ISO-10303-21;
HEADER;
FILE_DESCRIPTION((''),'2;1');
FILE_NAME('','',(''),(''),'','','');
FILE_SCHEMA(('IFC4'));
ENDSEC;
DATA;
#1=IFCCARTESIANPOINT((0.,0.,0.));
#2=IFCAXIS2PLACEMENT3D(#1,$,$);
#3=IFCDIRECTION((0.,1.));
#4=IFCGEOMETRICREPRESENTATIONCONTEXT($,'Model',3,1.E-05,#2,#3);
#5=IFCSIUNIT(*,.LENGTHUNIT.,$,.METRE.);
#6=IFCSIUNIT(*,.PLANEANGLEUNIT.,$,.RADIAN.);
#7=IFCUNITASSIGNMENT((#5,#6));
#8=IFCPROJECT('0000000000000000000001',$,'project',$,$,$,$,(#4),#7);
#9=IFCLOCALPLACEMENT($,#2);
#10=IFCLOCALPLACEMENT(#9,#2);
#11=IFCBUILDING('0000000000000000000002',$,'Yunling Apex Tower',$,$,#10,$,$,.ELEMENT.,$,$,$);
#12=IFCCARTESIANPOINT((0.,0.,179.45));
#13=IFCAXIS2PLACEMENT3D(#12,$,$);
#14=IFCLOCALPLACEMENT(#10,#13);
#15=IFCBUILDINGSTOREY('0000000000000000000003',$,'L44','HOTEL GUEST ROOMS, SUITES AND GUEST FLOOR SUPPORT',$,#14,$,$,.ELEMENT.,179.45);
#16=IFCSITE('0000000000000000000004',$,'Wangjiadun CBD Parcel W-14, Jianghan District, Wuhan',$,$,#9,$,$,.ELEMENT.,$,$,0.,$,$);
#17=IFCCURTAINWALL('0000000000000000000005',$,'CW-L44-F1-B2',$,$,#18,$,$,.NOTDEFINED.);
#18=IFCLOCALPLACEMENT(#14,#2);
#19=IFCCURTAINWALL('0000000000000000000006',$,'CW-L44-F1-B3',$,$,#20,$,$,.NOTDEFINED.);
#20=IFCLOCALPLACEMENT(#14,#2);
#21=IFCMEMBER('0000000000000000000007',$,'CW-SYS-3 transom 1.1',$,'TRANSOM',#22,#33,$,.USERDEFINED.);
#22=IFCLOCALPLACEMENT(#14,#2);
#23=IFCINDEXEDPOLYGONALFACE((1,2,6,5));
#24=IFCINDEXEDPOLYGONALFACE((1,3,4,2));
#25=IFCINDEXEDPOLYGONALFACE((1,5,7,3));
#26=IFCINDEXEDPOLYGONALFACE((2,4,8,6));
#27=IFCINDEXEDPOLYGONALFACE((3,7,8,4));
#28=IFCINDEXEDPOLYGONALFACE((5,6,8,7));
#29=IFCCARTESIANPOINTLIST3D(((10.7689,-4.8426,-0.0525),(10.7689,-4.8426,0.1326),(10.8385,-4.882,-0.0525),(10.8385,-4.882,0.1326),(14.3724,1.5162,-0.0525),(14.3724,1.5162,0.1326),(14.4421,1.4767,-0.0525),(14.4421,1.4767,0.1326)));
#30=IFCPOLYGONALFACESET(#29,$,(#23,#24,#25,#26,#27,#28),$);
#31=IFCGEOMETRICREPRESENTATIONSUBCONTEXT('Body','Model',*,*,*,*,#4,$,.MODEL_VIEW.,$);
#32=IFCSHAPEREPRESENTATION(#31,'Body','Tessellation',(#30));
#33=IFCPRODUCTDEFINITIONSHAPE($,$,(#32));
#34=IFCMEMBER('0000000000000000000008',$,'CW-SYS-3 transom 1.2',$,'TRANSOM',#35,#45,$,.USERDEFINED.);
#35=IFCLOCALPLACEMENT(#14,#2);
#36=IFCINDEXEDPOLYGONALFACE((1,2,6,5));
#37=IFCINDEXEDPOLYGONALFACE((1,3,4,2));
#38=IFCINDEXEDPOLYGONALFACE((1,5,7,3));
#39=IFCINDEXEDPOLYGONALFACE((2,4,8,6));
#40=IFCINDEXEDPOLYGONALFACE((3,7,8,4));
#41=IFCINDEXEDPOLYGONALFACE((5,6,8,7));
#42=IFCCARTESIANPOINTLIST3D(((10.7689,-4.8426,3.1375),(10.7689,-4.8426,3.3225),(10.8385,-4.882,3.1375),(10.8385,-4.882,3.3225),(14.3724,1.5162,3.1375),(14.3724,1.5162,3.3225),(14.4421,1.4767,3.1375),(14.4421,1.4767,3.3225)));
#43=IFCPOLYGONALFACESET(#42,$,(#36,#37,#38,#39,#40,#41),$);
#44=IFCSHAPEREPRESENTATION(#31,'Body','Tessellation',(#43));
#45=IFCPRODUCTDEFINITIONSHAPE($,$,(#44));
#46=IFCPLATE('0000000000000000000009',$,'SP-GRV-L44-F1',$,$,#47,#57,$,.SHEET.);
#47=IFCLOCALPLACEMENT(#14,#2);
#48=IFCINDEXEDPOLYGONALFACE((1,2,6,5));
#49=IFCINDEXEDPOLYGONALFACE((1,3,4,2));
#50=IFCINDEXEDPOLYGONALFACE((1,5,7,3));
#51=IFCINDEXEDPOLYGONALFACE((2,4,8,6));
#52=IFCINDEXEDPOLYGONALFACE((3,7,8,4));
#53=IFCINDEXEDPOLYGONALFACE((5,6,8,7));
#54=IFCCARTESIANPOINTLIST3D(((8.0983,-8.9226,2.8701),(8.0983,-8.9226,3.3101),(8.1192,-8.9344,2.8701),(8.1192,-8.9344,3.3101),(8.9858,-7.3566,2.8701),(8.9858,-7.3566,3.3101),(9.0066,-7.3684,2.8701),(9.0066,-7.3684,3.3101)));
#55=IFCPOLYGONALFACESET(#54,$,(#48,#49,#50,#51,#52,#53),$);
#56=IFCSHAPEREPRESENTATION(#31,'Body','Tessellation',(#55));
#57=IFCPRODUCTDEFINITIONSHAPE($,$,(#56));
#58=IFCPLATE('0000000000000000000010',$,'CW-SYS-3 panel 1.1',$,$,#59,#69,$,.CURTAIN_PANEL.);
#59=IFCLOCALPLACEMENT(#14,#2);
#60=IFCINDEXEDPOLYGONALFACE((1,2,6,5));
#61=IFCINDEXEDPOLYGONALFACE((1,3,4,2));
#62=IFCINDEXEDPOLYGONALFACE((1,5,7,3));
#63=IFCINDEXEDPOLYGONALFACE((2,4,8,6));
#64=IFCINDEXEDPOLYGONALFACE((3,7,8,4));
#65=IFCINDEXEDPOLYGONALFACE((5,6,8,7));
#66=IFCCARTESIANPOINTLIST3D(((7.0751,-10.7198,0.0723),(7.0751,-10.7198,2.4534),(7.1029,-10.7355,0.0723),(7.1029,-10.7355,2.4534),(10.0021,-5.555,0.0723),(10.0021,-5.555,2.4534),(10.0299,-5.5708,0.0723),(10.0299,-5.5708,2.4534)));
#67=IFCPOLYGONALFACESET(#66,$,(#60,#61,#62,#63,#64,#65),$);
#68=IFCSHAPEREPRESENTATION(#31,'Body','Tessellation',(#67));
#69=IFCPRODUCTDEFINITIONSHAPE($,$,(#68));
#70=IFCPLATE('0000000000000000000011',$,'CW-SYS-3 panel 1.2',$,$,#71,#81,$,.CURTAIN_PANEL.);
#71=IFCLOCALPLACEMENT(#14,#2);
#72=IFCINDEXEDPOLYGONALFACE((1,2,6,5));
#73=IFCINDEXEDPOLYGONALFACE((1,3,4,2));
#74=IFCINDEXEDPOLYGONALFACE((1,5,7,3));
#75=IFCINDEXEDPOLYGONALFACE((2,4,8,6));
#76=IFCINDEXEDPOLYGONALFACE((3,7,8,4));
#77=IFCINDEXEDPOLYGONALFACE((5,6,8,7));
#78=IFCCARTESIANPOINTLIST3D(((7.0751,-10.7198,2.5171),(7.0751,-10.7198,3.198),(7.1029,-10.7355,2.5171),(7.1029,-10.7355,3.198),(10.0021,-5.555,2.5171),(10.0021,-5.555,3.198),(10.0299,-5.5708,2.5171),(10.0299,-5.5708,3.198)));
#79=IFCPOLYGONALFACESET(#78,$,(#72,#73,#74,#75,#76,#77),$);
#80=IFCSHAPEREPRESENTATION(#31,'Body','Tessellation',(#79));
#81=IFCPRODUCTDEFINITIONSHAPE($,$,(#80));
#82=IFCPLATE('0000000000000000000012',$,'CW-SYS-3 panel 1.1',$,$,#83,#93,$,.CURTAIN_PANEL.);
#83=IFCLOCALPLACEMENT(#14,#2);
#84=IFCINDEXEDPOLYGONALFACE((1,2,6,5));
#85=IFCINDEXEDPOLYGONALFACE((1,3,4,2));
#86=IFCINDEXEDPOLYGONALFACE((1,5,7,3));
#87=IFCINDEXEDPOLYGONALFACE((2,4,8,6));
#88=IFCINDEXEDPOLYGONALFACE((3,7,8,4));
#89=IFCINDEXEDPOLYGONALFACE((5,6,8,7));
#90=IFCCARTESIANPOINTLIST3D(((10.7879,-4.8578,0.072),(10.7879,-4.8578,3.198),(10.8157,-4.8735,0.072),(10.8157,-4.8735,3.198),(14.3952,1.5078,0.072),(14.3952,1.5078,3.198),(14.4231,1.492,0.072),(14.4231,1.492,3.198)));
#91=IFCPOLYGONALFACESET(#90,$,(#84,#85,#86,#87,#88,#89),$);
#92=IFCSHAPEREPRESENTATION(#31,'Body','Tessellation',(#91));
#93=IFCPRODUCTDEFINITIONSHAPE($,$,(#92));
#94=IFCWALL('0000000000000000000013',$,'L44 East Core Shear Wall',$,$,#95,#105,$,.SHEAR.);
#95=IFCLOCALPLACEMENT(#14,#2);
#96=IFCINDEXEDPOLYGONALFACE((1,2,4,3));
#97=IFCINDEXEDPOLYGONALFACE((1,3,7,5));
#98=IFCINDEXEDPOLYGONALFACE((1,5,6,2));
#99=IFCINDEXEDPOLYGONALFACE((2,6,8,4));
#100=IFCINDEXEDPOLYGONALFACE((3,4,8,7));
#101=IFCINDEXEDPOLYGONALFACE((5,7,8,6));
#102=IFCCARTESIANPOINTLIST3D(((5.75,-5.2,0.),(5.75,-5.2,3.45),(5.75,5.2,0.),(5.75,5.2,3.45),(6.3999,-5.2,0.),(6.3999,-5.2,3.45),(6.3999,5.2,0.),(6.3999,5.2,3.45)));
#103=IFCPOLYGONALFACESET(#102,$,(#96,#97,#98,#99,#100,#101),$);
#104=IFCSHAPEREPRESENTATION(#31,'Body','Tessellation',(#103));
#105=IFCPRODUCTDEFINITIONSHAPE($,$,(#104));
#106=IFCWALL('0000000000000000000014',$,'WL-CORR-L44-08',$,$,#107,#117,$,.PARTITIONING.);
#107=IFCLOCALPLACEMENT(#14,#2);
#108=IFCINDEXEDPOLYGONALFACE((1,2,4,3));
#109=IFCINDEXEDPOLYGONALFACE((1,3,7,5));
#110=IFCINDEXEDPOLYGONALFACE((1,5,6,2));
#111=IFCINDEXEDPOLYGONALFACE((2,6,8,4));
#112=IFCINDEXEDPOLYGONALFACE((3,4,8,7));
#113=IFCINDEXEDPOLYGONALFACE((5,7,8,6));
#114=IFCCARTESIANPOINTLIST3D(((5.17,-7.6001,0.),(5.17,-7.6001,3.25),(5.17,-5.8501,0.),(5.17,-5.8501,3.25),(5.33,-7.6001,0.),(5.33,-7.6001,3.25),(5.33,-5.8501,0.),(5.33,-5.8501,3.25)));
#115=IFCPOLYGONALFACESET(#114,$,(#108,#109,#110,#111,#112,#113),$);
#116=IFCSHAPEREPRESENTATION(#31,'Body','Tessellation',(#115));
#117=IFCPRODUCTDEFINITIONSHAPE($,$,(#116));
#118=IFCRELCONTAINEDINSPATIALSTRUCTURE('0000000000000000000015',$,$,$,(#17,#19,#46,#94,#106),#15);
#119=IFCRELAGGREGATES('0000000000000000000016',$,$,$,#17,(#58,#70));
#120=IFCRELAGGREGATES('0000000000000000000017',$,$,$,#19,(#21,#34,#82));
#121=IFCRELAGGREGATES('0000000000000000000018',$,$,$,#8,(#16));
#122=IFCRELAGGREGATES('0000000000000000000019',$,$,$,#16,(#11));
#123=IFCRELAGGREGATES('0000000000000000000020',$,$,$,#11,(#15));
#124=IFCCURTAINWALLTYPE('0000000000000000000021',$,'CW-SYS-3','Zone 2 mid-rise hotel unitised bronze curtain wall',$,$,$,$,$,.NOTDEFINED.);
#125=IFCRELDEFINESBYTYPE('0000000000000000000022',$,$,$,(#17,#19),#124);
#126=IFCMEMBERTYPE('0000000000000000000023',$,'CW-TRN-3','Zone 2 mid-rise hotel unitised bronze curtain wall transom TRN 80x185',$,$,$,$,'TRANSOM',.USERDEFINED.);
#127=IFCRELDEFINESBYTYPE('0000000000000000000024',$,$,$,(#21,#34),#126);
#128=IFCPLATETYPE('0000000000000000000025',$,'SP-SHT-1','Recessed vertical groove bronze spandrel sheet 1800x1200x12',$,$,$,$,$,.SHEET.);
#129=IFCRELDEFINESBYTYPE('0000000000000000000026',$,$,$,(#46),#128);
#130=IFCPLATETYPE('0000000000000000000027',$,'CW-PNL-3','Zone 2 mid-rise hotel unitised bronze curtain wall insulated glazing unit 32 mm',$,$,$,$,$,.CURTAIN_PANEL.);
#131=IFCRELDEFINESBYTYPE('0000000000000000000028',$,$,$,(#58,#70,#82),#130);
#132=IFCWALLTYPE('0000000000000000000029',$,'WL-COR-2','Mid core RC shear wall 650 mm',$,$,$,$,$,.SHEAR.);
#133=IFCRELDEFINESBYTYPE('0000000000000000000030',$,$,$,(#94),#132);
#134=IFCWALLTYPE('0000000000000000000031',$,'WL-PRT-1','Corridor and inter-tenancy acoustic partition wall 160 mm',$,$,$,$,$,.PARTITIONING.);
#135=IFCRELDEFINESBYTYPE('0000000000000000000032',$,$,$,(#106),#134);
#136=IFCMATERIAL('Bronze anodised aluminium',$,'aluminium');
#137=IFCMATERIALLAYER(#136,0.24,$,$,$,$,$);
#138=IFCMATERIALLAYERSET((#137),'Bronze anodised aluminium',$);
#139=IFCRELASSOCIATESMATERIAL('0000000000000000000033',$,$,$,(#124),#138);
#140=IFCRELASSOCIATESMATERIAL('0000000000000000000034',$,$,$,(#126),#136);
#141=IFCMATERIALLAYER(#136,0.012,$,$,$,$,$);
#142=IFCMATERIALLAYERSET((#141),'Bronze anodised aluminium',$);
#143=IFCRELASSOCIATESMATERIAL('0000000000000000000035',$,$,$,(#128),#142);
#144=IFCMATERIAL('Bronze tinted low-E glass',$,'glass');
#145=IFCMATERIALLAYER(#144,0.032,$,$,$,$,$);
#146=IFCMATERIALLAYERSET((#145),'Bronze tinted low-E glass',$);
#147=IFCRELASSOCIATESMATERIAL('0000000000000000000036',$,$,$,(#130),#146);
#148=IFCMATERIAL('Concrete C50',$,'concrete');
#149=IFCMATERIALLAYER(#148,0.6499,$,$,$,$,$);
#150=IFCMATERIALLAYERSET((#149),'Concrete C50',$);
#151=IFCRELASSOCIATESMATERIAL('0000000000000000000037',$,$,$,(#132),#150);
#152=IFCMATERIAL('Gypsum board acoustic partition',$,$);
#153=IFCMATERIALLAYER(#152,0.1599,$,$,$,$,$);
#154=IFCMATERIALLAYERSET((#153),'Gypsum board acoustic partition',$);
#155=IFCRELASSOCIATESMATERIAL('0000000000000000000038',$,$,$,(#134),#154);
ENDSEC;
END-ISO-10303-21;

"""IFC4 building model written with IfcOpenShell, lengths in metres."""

from ifc_helpers import new_model, si_unit, direction, frame, frame_2d, origin, origin_2d, place, context, subcontext, project, spatial, rectangle, extrude, source, transform, mapped, material, layer, layer_set, material_profile, profile_set, type_object, element, aggregate, save


model = new_model("IFC4")

# Units and contexts
model_context = context("Model", 3, precision=1e-05, world=origin(), true_north=direction((0.0, 1.0)))
body_context = subcontext(model_context, "Body", "Model", "MODEL_VIEW")
ifc_project = project(units=[si_unit("LENGTHUNIT", "METRE"), si_unit("PLANEANGLEUNIT", "RADIAN")], contexts=[model_context])

# Site, building, storey
site_placement = place(None, origin())
site = spatial("IfcSite", under=ifc_project, at=site_placement, Name="Wangjiadun CBD Parcel W-14, Jianghan District, Wuhan", CompositionType="ELEMENT", RefElevation=0.0)
building_placement = place(site_placement, origin())
building = spatial("IfcBuilding", under=site, at=building_placement, Name="Yunling Apex Tower", CompositionType="ELEMENT")
storey_placement = place(building_placement, frame((0.0, 0.0, 179.45)))
storey = spatial("IfcBuildingStorey", under=building, at=storey_placement, Name="L44", Description="HOTEL GUEST ROOMS, SUITES AND GUEST FLOOR SUPPORT", CompositionType="ELEMENT", Elevation=179.45)

# Shared definitions
ifc_material_1 = material(Name="Concrete C50", Category="concrete")

# Curtain wall
ifc_material_2 = material(Name="Bronze anodised aluminium", Category="aluminium")
ifc_layer_1 = layer(ifc_material_2, 0.24)
ifc_layer_set_1 = layer_set([ifc_layer_1], Name="Bronze anodised aluminium")
curtain_wall_type = type_object("IfcCurtainWallType", Name="CW-SYS-3", Description="Zone 2 mid-rise hotel unitised bronze curtain wall", PredefinedType="NOTDEFINED", material=ifc_layer_set_1)
curtain_wall_1_placement = place(storey_placement, origin())
curtain_wall_1 = element("IfcCurtainWall", 1, at=curtain_wall_1_placement, inside=storey, type_object=curtain_wall_type, Name="CW-L44-F1-B2", PredefinedType="NOTDEFINED")

# Curtain wall, members
curtain_wall_2_placement = place(storey_placement, origin())
curtain_wall_2 = element("IfcCurtainWall", 2, at=curtain_wall_2_placement, inside=storey, type_object=curtain_wall_type, Name="CW-L44-F1-B3", PredefinedType="NOTDEFINED")
ifc_material_profile_1 = material_profile(ifc_material_2, rectangle(XDim=0.0801, YDim=0.1851, at=origin_2d()))
ifc_profile_set_1 = profile_set([ifc_material_profile_1], Name="Bronze anodised aluminium")
member_type_1 = type_object("IfcMemberType", Name="CW-TRN-3", Description="Zone 2 mid-rise hotel unitised bronze curtain wall transom TRN 80x185", ElementType="TRANSOM", PredefinedType="USERDEFINED", material=ifc_profile_set_1)
shared_shape_1 = source(origin(), body_context, "Body", "SweptSolid", [
    extrude(rectangle(XDim=0.0801, YDim=0.1851, at=origin_2d()), origin(), (0.0, 0.0, 1.0), 7.3088),
])
member_1_placement = place(storey_placement, frame((10.8037, -4.8623, 0.04), z_axis=(0.493042, 0.870005, 0.0), x_axis=(-0.870005, 0.493042, 0.0)))
member_1 = element("IfcMember", 3, at=member_1_placement, type_object=member_type_1, Name="CW-SYS-3 transom 1.1", ObjectType="TRANSOM", PredefinedType="USERDEFINED", context=body_context, shape_type="MappedRepresentation", body=[
    mapped(shared_shape_1, transform((0.0, 0.0, 0.0), scale=1.0)),
])
member_2_placement = place(storey_placement, frame((10.8037, -4.8623, 3.23), z_axis=(0.493042, 0.870005, 0.0), x_axis=(-0.870005, 0.493042, 0.0)))
member_2 = element("IfcMember", 4, at=member_2_placement, type_object=member_type_1, Name="CW-SYS-3 transom 1.2", ObjectType="TRANSOM", PredefinedType="USERDEFINED", context=body_context, shape_type="MappedRepresentation", body=[
    mapped(shared_shape_1, transform((0.0, 0.0, 0.0), scale=1.0)),
])

# Plates
ifc_layer_2 = layer(ifc_material_2, 0.012)
ifc_layer_set_2 = layer_set([ifc_layer_2], Name="Bronze anodised aluminium")
plate_type_1 = type_object("IfcPlateType", Name="SP-SHT-1", Description="Recessed vertical groove bronze spandrel sheet 1800x1200x12", PredefinedType="SHEET", material=ifc_layer_set_2)
shared_shape_2 = source(origin(), body_context, "Body", "SweptSolid", [
    extrude(rectangle(XDim=1.8, YDim=0.0239, at=origin_2d()), origin(), (0.0, 0.0, 1.0), 0.4399),
])
plate_1_placement = place(storey_placement, frame((8.5525, -8.1455, 2.8701), z_axis=(0.0, 0.0, 1.0), x_axis=(0.493031, 0.870012, 0.0)))
element("IfcPlate", 5, at=plate_1_placement, inside=storey, type_object=plate_type_1, Name="SP-GRV-L44-F1", PredefinedType="SHEET", context=body_context, shape_type="MappedRepresentation", body=[
    mapped(shared_shape_2, transform((0.0, 0.0, 0.0), scale=1.0)),
])
ifc_material_3 = material(Name="Bronze tinted low-E glass", Category="glass")
ifc_layer_3 = layer(ifc_material_3, 0.032)
ifc_layer_set_3 = layer_set([ifc_layer_3], Name="Bronze tinted low-E glass")
plate_type_2 = type_object("IfcPlateType", Name="CW-PNL-3", Description="Zone 2 mid-rise hotel unitised bronze curtain wall insulated glazing unit 32 mm", PredefinedType="CURTAIN_PANEL", material=ifc_layer_set_3)
shared_shape_3 = source(origin(), body_context, "Body", "SweptSolid", [
    extrude(rectangle(XDim=5.9365, YDim=0.032, at=origin_2d()), origin(), (0.0, 0.0, 1.0), 2.3811),
])
plate_2_placement = place(storey_placement, frame((8.5525, -8.1453, 0.0723), z_axis=(0.0, 0.0, 1.0), x_axis=(0.493047, 0.870003, 0.0)))
plate_2 = element("IfcPlate", 6, at=plate_2_placement, type_object=plate_type_2, Name="CW-SYS-3 panel 1.1", PredefinedType="CURTAIN_PANEL", context=body_context, shape_type="MappedRepresentation", body=[
    mapped(shared_shape_3, transform((0.0, 0.0, 0.0), scale=1.0)),
])
shared_shape_4 = source(origin(), body_context, "Body", "SweptSolid", [
    extrude(rectangle(XDim=5.9365, YDim=0.032, at=origin_2d()), origin(), (0.0, 0.0, 1.0), 0.6809),
])
plate_3_placement = place(storey_placement, frame((8.5525, -8.1453, 2.5171), z_axis=(0.0, 0.0, 1.0), x_axis=(0.493047, 0.870003, 0.0)))
plate_3 = element("IfcPlate", 7, at=plate_3_placement, type_object=plate_type_2, Name="CW-SYS-3 panel 1.2", PredefinedType="CURTAIN_PANEL", context=body_context, shape_type="MappedRepresentation", body=[
    mapped(shared_shape_4, transform((0.0, 0.0, 0.0), scale=1.0)),
])
aggregate(curtain_wall_1, [plate_2, plate_3])
shared_shape_5 = source(origin(), body_context, "Body", "SweptSolid", [
    extrude(rectangle(XDim=7.3167, YDim=0.032, at=origin_2d()), origin(), (0.0, 0.0, 1.0), 3.126),
])
plate_4_placement = place(storey_placement, frame((12.6055, -1.6829, 0.072), z_axis=(0.0, 0.0, 1.0), x_axis=(0.493035, 0.870009, 0.0)))
plate_4 = element("IfcPlate", 8, at=plate_4_placement, type_object=plate_type_2, Name="CW-SYS-3 panel 1.1", PredefinedType="CURTAIN_PANEL", context=body_context, shape_type="MappedRepresentation", body=[
    mapped(shared_shape_5, transform((0.0, 0.0, 0.0), scale=1.0)),
])
aggregate(curtain_wall_2, [member_1, member_2, plate_4])

# Walls
ifc_layer_4 = layer(ifc_material_1, 0.6499)
ifc_layer_set_4 = layer_set([ifc_layer_4], Name="Concrete C50")
wall_type_1 = type_object("IfcWallType", Name="WL-COR-2", Description="Mid core RC shear wall 650 mm", PredefinedType="SHEAR", material=ifc_layer_set_4)
wall_1_placement = place(storey_placement, frame((6.075, -5.2, 0.0), z_axis=(0.0, 0.0, 1.0), x_axis=(0.0, 1.0, 0.0)))
element("IfcWall", 9, at=wall_1_placement, inside=storey, type_object=wall_type_1, Name="L44 East Core Shear Wall", PredefinedType="SHEAR", context=body_context, shape_type="SweptSolid", body=[
    extrude(rectangle(XDim=10.3999, YDim=0.6499, at=frame_2d((5.2, 0.0))), origin(), (0.0, 0.0, 1.0), 3.45),
])
ifc_material_4 = material(Name="Gypsum board acoustic partition")
ifc_layer_5 = layer(ifc_material_4, 0.1599)
ifc_layer_set_5 = layer_set([ifc_layer_5], Name="Gypsum board acoustic partition")
wall_type_2 = type_object("IfcWallType", Name="WL-PRT-1", Description="Corridor and inter-tenancy acoustic partition wall 160 mm", PredefinedType="PARTITIONING", material=ifc_layer_set_5)
wall_2_placement = place(storey_placement, frame((5.25, -5.8501, 0.0), z_axis=(0.0, 0.0, 1.0), x_axis=(0.0, -1.0, 0.0)))
element("IfcWall", 10, at=wall_2_placement, inside=storey, type_object=wall_type_2, Name="WL-CORR-L44-08", PredefinedType="PARTITIONING", context=body_context, shape_type="SweptSolid", body=[
    extrude(rectangle(XDim=1.75, YDim=0.1599, at=frame_2d((0.875, 0.0))), origin(), (0.0, 0.0, 1.0), 3.25),
])

save(model, "model.ifc")
